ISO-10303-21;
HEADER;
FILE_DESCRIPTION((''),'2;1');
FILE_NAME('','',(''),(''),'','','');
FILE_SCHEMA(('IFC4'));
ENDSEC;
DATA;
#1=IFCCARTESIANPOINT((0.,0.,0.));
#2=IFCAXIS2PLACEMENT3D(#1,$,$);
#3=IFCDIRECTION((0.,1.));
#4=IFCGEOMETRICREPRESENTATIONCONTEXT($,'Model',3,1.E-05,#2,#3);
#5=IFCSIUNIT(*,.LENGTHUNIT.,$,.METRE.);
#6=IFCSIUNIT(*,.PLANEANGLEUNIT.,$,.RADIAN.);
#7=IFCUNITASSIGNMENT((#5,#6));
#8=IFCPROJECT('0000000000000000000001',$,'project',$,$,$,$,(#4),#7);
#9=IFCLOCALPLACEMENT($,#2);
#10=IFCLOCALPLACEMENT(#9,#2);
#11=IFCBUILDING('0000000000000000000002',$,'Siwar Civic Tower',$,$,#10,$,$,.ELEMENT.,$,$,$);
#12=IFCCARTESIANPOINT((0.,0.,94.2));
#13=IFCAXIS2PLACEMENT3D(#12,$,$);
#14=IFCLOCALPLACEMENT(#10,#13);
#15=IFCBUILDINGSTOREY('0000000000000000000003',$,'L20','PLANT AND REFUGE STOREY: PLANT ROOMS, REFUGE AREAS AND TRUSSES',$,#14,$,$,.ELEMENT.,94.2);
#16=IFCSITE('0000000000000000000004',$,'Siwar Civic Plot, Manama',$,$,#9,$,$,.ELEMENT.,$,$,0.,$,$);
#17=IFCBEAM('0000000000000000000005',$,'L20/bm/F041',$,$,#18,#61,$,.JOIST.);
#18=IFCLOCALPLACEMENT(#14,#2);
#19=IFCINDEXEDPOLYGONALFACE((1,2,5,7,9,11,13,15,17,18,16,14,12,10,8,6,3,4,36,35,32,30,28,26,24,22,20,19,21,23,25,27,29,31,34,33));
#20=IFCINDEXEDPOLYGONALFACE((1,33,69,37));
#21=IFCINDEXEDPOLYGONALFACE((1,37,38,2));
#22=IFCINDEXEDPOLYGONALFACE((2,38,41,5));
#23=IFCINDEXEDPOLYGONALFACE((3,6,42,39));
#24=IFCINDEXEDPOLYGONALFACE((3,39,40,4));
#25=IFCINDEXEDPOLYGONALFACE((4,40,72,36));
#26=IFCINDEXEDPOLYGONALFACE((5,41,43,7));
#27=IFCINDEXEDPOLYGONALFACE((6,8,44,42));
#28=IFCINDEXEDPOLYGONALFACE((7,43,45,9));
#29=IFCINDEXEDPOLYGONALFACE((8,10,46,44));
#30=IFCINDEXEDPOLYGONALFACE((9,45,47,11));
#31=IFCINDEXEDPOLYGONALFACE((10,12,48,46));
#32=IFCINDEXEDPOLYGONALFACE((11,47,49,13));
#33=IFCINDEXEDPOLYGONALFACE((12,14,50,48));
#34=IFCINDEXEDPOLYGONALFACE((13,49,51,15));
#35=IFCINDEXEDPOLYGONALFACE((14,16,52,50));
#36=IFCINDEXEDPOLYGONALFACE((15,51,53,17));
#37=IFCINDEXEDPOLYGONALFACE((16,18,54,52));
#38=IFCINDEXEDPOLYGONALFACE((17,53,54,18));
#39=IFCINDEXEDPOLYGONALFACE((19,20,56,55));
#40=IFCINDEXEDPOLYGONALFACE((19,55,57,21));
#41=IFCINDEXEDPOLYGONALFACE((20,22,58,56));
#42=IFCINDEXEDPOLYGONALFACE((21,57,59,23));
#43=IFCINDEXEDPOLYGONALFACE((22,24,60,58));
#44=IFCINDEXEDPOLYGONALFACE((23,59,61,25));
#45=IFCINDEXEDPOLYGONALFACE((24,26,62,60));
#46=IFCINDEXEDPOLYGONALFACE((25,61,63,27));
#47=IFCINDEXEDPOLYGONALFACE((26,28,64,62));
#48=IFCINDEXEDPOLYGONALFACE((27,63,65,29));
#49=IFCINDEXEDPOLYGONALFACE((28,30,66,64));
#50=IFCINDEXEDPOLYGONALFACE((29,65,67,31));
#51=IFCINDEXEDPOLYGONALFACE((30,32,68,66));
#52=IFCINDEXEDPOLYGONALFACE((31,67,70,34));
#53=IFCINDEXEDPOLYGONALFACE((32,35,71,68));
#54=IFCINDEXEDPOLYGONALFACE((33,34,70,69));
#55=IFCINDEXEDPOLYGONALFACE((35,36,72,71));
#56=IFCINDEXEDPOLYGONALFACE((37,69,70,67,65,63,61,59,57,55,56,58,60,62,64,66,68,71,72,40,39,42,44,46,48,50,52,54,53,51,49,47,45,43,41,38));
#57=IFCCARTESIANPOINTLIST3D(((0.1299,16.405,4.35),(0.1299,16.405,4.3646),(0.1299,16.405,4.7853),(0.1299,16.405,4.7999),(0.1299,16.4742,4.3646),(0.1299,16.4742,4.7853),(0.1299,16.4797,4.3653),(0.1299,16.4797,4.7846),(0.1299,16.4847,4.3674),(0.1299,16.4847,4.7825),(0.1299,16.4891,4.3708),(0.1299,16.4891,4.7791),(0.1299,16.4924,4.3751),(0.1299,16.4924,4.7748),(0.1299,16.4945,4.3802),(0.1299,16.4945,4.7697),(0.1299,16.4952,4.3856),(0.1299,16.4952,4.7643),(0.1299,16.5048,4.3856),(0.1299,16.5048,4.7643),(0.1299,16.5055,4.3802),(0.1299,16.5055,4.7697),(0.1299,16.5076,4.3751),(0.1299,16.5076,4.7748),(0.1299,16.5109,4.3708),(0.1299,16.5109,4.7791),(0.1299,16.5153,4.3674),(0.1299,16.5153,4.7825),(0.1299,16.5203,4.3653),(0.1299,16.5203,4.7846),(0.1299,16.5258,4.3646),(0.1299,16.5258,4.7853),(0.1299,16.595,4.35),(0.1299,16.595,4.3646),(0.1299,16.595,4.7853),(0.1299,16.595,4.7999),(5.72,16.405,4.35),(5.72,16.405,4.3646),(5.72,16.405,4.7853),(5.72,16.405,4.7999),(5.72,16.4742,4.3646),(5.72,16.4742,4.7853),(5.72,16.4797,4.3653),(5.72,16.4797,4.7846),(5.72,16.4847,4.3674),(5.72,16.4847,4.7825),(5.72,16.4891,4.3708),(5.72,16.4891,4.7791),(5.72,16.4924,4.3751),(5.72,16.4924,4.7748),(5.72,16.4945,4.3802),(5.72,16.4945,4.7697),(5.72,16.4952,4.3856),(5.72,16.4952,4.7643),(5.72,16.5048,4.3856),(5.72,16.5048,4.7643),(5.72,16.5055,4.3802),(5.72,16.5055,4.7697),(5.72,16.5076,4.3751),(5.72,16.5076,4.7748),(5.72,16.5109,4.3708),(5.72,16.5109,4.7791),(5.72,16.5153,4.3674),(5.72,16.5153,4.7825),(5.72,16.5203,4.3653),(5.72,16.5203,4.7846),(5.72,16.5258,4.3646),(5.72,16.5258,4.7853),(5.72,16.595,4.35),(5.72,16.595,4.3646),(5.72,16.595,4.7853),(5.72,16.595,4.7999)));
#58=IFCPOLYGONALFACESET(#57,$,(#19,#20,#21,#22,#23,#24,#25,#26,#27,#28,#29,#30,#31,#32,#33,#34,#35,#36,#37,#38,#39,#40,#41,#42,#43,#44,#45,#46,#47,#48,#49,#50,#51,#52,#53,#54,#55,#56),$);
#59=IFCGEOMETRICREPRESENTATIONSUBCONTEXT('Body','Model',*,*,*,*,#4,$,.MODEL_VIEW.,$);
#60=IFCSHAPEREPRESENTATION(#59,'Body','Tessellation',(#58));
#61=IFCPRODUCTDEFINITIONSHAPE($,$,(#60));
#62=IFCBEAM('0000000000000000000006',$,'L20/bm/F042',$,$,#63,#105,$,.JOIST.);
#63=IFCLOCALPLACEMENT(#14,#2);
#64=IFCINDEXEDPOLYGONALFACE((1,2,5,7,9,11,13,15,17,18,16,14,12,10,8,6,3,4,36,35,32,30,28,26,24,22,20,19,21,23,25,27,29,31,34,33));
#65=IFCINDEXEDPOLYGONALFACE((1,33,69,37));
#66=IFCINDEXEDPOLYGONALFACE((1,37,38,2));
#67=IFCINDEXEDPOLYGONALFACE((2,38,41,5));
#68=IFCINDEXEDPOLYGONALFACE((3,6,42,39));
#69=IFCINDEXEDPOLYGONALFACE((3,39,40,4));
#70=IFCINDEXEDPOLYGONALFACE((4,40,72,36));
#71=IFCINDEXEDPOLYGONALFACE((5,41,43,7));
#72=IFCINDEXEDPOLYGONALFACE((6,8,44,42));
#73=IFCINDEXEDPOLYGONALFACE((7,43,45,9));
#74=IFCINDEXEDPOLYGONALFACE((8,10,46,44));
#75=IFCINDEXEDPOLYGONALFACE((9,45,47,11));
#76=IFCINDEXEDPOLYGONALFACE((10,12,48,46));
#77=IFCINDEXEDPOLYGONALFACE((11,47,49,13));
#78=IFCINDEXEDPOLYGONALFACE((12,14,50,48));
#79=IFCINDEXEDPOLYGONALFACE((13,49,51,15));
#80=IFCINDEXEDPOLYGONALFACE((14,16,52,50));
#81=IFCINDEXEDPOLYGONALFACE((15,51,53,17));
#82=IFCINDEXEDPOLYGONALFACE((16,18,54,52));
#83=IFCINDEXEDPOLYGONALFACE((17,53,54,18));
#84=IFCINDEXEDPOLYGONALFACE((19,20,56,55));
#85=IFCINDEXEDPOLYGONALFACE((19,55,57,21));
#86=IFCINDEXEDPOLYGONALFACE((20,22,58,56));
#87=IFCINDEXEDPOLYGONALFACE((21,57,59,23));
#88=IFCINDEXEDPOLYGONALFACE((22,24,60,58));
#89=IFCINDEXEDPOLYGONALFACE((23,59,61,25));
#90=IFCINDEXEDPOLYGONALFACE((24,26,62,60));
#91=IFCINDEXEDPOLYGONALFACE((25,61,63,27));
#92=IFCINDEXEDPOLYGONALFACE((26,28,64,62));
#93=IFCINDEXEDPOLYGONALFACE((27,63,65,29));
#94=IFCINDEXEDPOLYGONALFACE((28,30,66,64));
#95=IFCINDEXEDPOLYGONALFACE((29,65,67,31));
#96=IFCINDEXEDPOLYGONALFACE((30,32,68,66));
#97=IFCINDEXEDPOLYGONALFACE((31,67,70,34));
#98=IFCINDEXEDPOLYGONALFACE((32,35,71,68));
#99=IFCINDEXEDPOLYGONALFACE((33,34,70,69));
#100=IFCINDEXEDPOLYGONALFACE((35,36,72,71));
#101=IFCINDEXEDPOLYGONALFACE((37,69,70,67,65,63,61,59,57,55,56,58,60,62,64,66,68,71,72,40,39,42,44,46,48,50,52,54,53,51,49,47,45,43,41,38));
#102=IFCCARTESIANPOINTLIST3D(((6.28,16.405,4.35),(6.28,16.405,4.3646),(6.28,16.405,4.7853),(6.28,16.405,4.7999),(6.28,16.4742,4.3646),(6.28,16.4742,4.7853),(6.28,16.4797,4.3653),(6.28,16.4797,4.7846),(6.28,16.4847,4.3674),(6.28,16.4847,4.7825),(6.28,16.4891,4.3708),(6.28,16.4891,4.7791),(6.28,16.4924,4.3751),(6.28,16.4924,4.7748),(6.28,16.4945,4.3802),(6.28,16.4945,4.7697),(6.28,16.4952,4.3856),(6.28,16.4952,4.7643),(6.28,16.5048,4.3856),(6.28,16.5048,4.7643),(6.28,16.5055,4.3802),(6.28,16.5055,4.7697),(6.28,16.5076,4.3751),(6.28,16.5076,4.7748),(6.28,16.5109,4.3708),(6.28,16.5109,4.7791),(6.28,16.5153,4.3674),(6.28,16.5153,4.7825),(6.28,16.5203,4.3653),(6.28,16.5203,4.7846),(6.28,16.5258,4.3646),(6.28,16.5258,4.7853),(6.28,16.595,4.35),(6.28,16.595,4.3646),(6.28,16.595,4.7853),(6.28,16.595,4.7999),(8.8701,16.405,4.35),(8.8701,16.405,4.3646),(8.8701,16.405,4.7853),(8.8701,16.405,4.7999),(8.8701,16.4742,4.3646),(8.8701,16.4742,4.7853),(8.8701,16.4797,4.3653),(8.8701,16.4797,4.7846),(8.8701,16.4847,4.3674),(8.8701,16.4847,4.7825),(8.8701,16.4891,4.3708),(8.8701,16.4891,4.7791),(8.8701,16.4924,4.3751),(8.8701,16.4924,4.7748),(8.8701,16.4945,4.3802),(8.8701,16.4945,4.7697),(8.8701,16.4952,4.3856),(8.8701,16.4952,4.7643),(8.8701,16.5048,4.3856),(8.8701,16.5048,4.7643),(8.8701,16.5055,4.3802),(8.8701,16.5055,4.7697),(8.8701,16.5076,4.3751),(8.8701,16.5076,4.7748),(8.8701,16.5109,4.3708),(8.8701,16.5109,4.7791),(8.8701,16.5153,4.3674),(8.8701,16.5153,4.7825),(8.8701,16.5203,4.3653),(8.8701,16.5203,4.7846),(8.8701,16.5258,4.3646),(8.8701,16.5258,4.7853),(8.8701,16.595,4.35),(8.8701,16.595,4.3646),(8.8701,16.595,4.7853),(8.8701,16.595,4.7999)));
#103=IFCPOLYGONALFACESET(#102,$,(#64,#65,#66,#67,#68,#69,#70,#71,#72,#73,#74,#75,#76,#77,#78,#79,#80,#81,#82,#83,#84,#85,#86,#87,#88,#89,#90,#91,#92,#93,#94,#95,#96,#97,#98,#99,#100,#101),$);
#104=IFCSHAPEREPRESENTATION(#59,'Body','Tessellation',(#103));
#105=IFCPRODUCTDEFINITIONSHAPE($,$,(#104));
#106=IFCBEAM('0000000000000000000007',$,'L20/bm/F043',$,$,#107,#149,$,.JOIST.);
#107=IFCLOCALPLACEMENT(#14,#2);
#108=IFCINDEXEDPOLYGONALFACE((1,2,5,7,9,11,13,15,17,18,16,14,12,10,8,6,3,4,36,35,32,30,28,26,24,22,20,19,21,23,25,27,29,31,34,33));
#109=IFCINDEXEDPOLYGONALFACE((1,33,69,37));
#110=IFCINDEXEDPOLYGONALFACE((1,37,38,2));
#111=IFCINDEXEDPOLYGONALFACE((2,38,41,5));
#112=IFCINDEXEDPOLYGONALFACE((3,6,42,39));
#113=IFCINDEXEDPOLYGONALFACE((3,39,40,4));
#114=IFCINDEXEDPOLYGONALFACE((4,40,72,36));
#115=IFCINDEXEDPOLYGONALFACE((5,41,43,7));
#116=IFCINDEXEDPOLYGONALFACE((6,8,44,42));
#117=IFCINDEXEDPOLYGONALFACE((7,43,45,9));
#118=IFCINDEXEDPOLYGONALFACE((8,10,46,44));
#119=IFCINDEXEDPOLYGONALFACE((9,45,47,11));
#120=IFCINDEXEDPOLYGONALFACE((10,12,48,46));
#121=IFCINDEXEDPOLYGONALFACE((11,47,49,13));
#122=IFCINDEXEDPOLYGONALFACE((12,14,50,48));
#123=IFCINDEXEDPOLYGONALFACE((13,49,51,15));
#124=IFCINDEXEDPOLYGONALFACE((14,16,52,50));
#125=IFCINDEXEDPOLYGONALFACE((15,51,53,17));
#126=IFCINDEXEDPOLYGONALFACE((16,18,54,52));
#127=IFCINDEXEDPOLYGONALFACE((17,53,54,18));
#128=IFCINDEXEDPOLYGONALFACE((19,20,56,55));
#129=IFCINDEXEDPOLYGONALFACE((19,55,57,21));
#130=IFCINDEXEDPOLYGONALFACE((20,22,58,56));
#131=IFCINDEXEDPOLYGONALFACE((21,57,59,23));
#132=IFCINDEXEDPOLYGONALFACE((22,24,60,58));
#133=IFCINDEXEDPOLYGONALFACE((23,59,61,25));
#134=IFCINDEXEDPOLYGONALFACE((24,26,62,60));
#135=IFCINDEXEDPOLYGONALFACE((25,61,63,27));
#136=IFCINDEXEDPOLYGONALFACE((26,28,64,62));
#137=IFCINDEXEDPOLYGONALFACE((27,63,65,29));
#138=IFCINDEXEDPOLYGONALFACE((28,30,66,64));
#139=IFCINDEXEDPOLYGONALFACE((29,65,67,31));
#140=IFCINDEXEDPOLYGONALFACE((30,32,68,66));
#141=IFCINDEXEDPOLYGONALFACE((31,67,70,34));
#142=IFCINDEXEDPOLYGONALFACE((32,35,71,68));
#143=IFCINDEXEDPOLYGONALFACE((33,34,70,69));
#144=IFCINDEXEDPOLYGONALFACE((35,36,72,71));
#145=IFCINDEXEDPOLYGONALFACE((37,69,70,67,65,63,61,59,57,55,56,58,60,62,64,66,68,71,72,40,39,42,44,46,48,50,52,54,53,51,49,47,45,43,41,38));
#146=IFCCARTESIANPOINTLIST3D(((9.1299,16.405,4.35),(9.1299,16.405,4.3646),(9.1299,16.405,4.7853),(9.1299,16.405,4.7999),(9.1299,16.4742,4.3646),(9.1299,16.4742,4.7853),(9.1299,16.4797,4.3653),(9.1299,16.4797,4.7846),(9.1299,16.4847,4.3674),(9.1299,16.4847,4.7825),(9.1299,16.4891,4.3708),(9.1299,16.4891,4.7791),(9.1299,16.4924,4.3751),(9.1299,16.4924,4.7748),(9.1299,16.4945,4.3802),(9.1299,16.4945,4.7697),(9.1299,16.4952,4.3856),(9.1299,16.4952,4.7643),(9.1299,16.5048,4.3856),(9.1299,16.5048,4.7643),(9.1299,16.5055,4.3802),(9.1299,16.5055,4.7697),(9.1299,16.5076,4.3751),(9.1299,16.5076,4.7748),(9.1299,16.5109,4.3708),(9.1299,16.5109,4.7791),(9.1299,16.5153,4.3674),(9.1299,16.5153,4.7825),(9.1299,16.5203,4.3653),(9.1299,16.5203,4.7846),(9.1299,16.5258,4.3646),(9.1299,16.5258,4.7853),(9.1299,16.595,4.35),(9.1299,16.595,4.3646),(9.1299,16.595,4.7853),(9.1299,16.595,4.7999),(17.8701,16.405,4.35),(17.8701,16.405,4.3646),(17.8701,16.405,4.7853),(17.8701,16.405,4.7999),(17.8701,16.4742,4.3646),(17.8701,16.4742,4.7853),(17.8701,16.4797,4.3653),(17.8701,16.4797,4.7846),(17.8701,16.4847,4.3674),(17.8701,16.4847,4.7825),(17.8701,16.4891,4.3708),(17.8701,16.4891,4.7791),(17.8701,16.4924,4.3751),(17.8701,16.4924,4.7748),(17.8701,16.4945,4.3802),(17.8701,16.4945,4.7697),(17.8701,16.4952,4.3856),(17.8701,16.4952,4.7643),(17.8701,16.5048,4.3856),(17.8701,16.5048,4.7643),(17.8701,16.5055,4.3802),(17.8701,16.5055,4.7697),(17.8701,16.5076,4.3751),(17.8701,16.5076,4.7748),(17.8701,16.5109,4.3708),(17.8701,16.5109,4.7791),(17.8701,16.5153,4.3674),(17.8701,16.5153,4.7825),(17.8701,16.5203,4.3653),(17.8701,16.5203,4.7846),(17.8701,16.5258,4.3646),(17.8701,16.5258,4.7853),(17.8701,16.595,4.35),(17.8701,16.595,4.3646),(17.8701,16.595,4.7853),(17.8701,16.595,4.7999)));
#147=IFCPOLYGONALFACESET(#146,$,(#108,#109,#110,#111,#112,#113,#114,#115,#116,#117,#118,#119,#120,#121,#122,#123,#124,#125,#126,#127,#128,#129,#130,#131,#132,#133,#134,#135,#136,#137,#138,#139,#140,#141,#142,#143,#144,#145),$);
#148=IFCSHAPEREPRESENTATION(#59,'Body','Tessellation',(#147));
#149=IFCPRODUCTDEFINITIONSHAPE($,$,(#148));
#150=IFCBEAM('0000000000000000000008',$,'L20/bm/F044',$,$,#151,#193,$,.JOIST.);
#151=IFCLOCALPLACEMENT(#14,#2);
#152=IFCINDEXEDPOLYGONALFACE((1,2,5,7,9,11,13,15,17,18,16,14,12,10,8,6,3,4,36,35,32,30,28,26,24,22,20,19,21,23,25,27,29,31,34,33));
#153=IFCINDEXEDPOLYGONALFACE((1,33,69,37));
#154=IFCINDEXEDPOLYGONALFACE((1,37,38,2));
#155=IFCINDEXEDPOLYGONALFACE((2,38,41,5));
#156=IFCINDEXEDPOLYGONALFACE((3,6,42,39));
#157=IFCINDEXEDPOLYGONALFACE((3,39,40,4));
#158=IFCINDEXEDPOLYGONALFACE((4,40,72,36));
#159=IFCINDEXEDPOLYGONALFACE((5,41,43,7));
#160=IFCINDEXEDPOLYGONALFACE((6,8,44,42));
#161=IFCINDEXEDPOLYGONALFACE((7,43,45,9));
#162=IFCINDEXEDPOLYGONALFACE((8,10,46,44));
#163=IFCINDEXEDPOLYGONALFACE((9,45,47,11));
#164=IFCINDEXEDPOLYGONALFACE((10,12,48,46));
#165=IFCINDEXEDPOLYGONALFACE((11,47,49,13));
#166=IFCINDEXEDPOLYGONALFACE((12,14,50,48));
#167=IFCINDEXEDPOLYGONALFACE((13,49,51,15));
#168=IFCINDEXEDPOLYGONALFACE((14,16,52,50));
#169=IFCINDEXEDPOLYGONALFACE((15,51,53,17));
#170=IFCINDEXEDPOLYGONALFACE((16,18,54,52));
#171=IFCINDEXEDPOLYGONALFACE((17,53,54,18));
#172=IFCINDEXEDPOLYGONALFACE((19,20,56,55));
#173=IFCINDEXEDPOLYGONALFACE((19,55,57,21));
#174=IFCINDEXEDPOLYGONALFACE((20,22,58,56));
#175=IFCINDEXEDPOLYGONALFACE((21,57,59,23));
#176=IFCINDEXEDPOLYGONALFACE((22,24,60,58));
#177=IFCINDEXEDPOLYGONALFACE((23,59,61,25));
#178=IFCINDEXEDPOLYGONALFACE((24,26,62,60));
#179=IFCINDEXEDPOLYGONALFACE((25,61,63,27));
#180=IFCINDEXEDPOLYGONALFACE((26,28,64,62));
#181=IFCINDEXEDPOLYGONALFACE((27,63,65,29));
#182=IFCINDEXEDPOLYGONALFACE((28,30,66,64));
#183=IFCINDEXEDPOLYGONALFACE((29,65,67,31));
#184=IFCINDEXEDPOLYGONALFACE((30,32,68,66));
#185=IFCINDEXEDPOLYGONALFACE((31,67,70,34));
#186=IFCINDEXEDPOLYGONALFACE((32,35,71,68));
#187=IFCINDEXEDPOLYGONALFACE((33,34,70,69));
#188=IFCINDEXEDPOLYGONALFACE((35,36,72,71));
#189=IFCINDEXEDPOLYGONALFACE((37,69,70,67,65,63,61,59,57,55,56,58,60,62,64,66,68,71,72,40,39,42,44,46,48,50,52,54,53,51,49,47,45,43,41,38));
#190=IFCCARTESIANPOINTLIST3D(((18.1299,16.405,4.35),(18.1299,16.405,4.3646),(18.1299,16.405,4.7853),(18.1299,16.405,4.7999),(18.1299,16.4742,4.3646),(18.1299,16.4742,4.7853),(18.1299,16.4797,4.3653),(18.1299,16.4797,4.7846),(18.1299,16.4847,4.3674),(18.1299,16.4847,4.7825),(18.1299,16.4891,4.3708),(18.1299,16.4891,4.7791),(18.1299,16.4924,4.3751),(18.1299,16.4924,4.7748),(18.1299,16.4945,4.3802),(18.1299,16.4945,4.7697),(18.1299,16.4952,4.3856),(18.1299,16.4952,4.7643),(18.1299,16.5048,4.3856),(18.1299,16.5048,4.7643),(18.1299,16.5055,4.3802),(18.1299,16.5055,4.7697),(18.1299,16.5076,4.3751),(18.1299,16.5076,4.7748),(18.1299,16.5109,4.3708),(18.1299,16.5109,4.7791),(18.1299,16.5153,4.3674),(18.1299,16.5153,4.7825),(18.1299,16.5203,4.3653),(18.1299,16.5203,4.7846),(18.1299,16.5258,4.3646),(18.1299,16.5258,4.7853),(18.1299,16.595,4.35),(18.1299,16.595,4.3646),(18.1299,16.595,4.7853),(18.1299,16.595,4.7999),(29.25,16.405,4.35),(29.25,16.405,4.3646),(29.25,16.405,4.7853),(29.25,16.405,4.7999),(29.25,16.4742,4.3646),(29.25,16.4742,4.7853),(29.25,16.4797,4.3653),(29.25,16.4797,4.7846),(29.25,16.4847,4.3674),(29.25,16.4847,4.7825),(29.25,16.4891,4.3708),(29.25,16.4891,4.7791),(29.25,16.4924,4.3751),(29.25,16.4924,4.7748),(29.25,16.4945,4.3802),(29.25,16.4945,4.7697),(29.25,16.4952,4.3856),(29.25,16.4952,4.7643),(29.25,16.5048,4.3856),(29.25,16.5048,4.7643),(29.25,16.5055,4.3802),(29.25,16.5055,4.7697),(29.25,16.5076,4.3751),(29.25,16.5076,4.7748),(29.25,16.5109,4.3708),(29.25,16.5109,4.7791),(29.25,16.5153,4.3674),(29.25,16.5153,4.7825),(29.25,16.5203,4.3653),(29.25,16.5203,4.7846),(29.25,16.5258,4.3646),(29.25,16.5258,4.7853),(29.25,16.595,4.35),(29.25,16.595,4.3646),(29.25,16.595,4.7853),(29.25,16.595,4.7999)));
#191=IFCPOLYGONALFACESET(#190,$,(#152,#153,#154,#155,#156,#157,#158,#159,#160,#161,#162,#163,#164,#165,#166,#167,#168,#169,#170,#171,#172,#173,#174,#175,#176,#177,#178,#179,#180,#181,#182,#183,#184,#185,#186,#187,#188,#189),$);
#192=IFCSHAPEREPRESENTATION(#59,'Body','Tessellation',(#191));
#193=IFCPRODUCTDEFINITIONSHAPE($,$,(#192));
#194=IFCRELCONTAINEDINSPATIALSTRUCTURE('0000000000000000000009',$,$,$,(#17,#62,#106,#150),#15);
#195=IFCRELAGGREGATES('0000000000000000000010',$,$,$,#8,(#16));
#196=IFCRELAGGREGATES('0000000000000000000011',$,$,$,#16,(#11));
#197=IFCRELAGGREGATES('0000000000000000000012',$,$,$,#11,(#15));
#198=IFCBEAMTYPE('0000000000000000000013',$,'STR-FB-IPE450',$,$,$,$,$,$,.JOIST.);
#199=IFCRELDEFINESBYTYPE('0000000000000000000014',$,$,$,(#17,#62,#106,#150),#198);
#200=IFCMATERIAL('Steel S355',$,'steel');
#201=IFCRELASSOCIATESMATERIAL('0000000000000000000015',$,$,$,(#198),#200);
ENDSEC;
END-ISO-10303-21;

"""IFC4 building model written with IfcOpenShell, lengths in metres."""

from ifc_helpers import new_model, si_unit, direction, frame, origin, origin_2d, place, context, subcontext, project, spatial, i_section, extrude, material, material_profile, profile_set, type_object, element, save


model = new_model("IFC4")

# Units and contexts
model_context = context("Model", 3, precision=1e-05, world=origin(), true_north=direction((0.0, 1.0)))
body_context = subcontext(model_context, "Body", "Model", "MODEL_VIEW")
ifc_project = project(units=[si_unit("LENGTHUNIT", "METRE"), si_unit("PLANEANGLEUNIT", "RADIAN")], contexts=[model_context])

# Site, building, storey
site_placement = place(None, origin())
site = spatial("IfcSite", under=ifc_project, at=site_placement, Name="Siwar Civic Plot, Manama", CompositionType="ELEMENT", RefElevation=0.0)
building_placement = place(site_placement, origin())
building = spatial("IfcBuilding", under=site, at=building_placement, Name="Siwar Civic Tower", CompositionType="ELEMENT")
storey_placement = place(building_placement, frame((0.0, 0.0, 94.2)))
storey = spatial("IfcBuildingStorey", under=building, at=storey_placement, Name="L20", Description="PLANT AND REFUGE STOREY: PLANT ROOMS, REFUGE AREAS AND TRUSSES", CompositionType="ELEMENT", Elevation=94.2)

# Beams
ifc_material_1 = material(Name="Steel S355", Category="steel")
ifc_material_profile_1 = material_profile(ifc_material_1, i_section(OverallWidth=0.1899, OverallDepth=0.45, WebThickness=0.0095, FlangeThickness=0.0146, FilletRadius=0.021, at=origin_2d()), Name="IPE450")
ifc_profile_set_1 = profile_set([ifc_material_profile_1], Name="Steel S355")
beam_type_1 = type_object("IfcBeamType", Name="STR-FB-IPE450", PredefinedType="JOIST", material=ifc_profile_set_1)
beam_1_placement = place(storey_placement, frame((0.1299, 16.5, 4.575), z_axis=(1.0, 0.0, 0.0), x_axis=(0.0, 1.0, 0.0)))
element("IfcBeam", 1, at=beam_1_placement, inside=storey, type_object=beam_type_1, Name="L20/bm/F041", PredefinedType="JOIST", context=body_context, shape_type="SweptSolid", body=[
    extrude(i_section(OverallWidth=0.1899, OverallDepth=0.45, WebThickness=0.0095, FlangeThickness=0.0146, FilletRadius=0.021, at=origin_2d()), origin(), (0.0, 0.0, 1.0), 5.5901),
])
beam_2_placement = place(storey_placement, frame((6.28, 16.5, 4.575), z_axis=(1.0, 0.0, 0.0), x_axis=(0.0, 1.0, 0.0)))
element("IfcBeam", 2, at=beam_2_placement, inside=storey, type_object=beam_type_1, Name="L20/bm/F042", PredefinedType="JOIST", context=body_context, shape_type="SweptSolid", body=[
    extrude(i_section(OverallWidth=0.1899, OverallDepth=0.45, WebThickness=0.0095, FlangeThickness=0.0146, FilletRadius=0.021, at=origin_2d()), origin(), (0.0, 0.0, 1.0), 2.5901),
])
beam_3_placement = place(storey_placement, frame((9.1299, 16.5, 4.575), z_axis=(1.0, 0.0, 0.0), x_axis=(0.0, 1.0, 0.0)))
element("IfcBeam", 3, at=beam_3_placement, inside=storey, type_object=beam_type_1, Name="L20/bm/F043", PredefinedType="JOIST", context=body_context, shape_type="SweptSolid", body=[
    extrude(i_section(OverallWidth=0.1899, OverallDepth=0.45, WebThickness=0.0095, FlangeThickness=0.0146, FilletRadius=0.021, at=origin_2d()), origin(), (0.0, 0.0, 1.0), 8.7402),
])
beam_4_placement = place(storey_placement, frame((18.1299, 16.5, 4.575), z_axis=(1.0, 0.0, 0.0), x_axis=(0.0, 1.0, 0.0)))
element("IfcBeam", 4, at=beam_4_placement, inside=storey, type_object=beam_type_1, Name="L20/bm/F044", PredefinedType="JOIST", context=body_context, shape_type="SweptSolid", body=[
    extrude(i_section(OverallWidth=0.1899, OverallDepth=0.45, WebThickness=0.0095, FlangeThickness=0.0146, FilletRadius=0.021, at=origin_2d()), origin(), (0.0, 0.0, 1.0), 11.1201),
])

save(model, "model.ifc")
